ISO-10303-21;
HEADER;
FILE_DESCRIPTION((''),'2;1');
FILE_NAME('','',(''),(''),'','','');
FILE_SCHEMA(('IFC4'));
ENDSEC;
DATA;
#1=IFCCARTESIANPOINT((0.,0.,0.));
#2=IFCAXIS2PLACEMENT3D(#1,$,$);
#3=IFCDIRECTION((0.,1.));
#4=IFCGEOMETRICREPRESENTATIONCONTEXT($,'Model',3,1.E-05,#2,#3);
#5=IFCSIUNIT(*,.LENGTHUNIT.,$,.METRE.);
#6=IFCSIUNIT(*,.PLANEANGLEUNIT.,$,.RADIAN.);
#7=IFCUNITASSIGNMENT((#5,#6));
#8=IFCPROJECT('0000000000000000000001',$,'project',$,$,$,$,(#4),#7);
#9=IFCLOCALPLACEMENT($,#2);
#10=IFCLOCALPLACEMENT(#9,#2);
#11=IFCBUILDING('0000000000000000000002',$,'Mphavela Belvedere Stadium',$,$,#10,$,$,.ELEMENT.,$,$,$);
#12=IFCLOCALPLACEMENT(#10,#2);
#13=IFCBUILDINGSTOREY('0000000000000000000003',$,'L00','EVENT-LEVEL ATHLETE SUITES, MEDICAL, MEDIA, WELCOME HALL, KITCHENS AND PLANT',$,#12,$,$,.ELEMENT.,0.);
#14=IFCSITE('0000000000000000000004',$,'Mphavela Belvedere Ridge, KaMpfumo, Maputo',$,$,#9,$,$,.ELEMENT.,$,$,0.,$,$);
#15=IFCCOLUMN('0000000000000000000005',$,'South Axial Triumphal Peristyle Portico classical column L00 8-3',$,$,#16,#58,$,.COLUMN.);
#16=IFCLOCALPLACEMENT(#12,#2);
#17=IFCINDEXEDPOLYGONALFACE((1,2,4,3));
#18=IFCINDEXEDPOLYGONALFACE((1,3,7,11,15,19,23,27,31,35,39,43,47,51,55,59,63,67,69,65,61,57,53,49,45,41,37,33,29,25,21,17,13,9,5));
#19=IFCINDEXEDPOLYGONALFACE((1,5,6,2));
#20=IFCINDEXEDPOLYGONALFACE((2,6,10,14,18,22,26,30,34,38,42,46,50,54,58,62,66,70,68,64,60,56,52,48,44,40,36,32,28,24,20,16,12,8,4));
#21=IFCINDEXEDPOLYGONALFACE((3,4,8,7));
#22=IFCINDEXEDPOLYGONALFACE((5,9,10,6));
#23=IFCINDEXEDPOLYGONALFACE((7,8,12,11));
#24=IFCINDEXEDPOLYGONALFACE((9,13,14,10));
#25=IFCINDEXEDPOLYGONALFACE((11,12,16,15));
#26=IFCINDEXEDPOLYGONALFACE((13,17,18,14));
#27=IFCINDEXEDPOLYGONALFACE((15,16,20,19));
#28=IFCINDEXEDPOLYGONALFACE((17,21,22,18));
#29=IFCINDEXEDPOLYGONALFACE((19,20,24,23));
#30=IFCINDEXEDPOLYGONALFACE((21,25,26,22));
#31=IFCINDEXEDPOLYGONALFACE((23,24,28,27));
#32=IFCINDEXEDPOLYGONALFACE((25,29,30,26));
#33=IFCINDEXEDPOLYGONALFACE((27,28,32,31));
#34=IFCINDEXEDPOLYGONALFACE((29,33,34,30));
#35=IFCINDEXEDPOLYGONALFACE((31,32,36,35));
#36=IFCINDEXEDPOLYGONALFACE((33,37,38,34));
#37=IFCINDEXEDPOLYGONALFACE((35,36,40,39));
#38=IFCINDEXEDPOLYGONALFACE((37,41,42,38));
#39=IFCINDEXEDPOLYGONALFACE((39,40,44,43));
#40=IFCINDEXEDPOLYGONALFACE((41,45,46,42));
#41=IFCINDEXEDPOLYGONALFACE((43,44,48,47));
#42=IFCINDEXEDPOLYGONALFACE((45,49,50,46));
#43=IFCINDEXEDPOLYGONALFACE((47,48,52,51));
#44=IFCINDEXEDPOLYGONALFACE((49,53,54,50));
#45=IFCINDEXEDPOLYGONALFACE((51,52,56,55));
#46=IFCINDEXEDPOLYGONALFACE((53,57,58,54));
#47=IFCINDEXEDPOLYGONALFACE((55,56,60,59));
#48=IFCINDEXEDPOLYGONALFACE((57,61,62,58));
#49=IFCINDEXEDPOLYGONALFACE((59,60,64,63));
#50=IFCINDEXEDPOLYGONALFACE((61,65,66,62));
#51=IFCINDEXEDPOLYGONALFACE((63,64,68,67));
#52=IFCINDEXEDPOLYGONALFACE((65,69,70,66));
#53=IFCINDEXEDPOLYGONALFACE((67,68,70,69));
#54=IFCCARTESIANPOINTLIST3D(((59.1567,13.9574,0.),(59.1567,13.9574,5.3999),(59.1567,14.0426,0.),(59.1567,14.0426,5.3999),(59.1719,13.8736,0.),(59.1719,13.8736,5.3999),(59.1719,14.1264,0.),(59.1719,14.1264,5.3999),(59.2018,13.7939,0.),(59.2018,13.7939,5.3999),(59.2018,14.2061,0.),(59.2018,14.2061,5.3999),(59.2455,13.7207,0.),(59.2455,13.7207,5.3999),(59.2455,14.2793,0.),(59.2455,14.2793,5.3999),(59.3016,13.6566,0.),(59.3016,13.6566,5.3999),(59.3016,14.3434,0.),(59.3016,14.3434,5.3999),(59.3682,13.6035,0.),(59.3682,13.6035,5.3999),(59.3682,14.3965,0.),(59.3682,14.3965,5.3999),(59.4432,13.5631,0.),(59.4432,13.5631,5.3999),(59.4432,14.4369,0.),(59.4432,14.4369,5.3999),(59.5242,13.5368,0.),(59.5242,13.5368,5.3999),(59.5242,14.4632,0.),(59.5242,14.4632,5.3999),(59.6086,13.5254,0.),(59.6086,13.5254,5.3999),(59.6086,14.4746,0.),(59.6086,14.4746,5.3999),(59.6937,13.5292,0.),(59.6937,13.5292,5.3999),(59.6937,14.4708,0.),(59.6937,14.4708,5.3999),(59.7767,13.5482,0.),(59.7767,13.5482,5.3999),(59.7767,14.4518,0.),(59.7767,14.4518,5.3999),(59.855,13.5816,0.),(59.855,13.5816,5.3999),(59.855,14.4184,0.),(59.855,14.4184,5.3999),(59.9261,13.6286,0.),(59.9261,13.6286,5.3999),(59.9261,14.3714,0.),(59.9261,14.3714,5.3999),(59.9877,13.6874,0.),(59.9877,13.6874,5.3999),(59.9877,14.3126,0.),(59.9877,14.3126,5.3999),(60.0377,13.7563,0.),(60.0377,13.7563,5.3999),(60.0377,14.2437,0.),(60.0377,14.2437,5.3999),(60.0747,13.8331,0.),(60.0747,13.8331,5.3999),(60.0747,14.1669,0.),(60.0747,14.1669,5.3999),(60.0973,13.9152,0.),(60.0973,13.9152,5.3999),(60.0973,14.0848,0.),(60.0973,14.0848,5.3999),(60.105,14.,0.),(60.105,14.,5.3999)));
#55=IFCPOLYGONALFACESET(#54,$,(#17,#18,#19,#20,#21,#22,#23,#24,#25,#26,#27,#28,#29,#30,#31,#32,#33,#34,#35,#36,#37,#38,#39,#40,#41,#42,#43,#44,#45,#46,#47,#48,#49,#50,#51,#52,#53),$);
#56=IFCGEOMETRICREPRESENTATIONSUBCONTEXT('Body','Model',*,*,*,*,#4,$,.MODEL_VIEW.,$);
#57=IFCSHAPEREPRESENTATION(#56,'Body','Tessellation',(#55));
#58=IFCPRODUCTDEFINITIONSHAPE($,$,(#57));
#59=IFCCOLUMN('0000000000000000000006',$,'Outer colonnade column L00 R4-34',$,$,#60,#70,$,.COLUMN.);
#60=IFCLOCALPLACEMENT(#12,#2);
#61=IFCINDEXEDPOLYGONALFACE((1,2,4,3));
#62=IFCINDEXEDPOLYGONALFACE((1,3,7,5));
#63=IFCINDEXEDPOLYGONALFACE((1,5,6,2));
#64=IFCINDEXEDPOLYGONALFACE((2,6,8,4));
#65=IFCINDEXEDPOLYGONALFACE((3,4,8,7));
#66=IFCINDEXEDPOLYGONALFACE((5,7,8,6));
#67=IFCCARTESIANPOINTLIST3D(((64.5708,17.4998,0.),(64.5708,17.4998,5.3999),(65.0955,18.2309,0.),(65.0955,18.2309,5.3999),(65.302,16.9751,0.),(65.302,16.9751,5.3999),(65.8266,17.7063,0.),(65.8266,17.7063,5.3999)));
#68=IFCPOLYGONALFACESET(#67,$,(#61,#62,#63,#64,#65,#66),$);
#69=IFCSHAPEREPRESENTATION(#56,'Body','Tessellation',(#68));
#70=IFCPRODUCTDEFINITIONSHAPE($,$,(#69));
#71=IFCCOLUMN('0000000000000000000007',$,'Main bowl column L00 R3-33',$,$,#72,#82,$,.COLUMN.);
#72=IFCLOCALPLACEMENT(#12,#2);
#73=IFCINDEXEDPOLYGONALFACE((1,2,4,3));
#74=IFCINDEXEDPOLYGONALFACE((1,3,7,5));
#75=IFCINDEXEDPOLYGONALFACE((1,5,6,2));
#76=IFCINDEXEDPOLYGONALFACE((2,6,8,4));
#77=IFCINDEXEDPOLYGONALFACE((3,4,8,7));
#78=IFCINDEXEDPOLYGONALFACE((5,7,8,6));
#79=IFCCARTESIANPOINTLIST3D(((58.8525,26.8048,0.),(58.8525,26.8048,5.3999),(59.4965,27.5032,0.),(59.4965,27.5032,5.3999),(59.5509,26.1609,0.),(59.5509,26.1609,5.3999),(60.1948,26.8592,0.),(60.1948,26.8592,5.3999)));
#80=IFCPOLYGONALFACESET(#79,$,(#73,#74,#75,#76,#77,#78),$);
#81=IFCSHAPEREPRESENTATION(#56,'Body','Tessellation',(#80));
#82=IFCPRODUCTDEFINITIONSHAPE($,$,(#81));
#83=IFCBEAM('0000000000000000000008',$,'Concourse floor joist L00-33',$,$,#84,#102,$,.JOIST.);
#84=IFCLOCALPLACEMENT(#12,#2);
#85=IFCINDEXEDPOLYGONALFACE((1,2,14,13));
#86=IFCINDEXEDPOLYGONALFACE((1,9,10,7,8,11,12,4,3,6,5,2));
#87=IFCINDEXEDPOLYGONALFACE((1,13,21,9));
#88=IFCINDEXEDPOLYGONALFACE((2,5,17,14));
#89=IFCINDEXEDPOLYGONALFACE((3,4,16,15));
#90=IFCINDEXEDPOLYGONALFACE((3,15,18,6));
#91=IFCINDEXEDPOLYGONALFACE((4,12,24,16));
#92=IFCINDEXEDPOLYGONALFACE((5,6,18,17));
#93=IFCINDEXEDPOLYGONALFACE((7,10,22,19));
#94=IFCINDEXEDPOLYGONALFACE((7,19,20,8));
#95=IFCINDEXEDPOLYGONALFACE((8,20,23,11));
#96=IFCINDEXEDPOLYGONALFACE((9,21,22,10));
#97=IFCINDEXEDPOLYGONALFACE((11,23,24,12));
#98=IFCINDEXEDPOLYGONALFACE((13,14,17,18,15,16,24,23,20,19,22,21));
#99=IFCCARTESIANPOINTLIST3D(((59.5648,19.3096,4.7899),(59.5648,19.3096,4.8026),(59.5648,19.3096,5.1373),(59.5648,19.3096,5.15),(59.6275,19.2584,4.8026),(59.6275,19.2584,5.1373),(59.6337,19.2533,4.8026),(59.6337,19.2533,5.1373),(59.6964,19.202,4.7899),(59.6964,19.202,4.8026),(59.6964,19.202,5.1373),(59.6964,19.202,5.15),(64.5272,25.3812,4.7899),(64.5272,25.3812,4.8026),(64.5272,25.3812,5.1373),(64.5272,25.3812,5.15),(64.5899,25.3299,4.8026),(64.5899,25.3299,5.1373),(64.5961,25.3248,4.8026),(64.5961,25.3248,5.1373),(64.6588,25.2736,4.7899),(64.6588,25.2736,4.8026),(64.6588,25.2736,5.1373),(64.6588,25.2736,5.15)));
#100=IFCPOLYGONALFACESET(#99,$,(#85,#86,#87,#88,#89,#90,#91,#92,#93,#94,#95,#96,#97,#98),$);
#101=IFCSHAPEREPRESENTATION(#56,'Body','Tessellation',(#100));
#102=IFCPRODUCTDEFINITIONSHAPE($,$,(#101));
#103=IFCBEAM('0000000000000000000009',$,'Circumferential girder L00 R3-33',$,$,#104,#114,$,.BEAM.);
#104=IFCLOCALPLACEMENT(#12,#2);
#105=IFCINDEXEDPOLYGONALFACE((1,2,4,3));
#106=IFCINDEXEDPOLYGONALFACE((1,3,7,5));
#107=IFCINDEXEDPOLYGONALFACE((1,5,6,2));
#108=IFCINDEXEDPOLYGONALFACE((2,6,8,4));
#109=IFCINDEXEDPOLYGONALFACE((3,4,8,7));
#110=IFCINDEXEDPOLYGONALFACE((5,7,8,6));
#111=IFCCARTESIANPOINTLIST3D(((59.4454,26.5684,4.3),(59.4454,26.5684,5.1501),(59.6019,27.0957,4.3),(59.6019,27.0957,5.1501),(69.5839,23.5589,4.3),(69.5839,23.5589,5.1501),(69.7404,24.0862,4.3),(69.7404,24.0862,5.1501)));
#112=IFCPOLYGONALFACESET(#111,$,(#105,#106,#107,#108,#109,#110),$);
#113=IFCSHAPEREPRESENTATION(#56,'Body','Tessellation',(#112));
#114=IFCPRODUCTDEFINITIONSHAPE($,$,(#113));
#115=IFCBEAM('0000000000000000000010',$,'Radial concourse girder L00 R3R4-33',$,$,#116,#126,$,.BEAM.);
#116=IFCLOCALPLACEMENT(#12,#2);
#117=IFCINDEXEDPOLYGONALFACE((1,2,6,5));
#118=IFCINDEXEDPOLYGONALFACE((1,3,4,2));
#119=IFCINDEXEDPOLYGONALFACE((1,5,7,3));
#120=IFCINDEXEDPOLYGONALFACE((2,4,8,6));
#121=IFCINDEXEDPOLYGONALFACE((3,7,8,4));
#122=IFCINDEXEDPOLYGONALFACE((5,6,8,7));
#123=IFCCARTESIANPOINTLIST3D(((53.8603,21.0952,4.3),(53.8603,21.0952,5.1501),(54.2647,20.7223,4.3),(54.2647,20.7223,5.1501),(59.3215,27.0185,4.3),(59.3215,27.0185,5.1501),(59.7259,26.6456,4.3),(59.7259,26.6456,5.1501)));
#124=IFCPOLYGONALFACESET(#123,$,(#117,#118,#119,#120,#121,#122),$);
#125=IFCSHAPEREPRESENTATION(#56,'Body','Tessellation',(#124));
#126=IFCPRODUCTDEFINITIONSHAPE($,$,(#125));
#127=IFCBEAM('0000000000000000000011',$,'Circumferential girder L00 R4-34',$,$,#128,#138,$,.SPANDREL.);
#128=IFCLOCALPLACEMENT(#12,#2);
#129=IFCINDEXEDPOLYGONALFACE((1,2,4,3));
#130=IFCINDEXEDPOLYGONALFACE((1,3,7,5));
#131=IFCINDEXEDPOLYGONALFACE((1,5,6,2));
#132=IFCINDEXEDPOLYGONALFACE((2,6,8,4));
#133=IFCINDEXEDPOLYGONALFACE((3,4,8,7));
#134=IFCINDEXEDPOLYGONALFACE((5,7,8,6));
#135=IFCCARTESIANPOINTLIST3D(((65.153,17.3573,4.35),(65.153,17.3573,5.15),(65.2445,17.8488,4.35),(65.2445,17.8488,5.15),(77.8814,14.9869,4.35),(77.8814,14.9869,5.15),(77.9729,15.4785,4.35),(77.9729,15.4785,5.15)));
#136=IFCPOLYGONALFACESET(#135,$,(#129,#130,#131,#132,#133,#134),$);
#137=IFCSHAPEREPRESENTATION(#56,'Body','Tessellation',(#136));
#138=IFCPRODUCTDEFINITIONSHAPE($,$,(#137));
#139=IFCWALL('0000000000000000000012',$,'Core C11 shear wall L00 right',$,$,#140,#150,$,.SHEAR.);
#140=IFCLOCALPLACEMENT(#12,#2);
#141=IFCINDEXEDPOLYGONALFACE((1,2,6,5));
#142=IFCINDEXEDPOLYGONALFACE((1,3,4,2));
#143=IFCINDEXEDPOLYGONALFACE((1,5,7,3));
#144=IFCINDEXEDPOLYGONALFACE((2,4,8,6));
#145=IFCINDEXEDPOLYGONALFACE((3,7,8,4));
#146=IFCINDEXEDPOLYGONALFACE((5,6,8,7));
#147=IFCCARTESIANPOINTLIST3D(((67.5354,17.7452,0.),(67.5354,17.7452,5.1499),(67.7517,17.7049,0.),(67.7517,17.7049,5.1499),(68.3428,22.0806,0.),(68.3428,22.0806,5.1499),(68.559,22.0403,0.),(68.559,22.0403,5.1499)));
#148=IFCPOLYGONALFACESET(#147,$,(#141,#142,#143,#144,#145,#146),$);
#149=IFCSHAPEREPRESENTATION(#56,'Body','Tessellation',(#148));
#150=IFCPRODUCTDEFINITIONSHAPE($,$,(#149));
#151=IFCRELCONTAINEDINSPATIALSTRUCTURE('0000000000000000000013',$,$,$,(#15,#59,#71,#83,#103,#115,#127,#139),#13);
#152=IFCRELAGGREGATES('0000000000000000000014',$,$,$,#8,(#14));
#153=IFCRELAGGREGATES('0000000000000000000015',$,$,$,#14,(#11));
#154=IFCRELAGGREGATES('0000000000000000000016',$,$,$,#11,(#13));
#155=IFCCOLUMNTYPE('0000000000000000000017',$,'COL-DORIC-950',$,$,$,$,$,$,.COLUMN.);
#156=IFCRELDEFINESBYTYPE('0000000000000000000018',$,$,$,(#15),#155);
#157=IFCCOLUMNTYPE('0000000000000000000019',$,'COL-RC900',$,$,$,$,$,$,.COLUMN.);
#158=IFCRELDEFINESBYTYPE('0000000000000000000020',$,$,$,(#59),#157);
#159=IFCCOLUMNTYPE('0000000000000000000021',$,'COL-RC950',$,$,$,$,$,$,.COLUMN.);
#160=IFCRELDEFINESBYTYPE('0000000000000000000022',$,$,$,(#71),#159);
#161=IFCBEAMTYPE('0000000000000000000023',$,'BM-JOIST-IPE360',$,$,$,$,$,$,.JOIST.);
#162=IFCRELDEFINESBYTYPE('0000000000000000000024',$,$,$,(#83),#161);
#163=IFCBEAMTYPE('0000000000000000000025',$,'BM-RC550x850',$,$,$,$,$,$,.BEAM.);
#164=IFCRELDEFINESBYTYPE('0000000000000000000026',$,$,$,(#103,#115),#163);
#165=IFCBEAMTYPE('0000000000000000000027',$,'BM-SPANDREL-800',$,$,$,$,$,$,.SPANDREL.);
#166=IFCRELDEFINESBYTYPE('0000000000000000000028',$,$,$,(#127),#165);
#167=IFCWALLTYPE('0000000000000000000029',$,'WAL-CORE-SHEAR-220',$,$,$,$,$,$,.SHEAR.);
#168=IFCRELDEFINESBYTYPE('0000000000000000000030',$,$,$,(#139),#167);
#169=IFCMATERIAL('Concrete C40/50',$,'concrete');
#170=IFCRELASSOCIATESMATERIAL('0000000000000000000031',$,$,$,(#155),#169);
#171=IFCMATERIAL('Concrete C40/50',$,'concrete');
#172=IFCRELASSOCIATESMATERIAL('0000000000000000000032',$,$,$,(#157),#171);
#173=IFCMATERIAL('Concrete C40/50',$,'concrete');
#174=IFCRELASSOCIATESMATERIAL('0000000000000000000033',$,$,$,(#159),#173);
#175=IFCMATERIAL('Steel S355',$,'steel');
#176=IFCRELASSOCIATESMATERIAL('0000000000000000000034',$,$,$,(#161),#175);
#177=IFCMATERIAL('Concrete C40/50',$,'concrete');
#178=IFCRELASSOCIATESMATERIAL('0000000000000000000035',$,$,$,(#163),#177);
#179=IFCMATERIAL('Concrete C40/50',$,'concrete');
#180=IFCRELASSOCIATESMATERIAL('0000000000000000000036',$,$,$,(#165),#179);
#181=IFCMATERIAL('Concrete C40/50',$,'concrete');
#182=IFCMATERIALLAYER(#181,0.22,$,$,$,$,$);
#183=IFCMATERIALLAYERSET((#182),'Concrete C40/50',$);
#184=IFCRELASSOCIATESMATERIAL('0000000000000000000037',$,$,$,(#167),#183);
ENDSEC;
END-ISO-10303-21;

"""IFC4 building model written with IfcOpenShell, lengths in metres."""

from ifc_helpers import new_model, si_unit, direction, frame, frame_2d, origin, origin_2d, place, context, subcontext, project, spatial, rectangle, circle, i_section, extrude, material, layer, layer_set, material_profile, profile_set, type_object, element, save


model = new_model("IFC4")

# Units and contexts
model_context = context("Model", 3, precision=1e-05, world=origin(), true_north=direction((0.0, 1.0)))
body_context = subcontext(model_context, "Body", "Model", "MODEL_VIEW")
ifc_project = project(units=[si_unit("LENGTHUNIT", "METRE"), si_unit("PLANEANGLEUNIT", "RADIAN")], contexts=[model_context])

# Site, building, storey
site_placement = place(None, origin())
site = spatial("IfcSite", under=ifc_project, at=site_placement, Name="Mphavela Belvedere Ridge, KaMpfumo, Maputo", CompositionType="ELEMENT", RefElevation=0.0)
building_placement = place(site_placement, origin())
building = spatial("IfcBuilding", under=site, at=building_placement, Name="Mphavela Belvedere Stadium", CompositionType="ELEMENT")
storey_placement = place(building_placement, origin())
storey = spatial("IfcBuildingStorey", under=building, at=storey_placement, Name="L00", Description="EVENT-LEVEL ATHLETE SUITES, MEDICAL, MEDIA, WELCOME HALL, KITCHENS AND PLANT", CompositionType="ELEMENT", Elevation=0.0)

# Columns
ifc_material_1 = material(Name="Concrete C40/50", Category="concrete")
ifc_material_profile_1 = material_profile(ifc_material_1, circle(Radius=0.4751, at=origin_2d()), Name="COL D950")
ifc_profile_set_1 = profile_set([ifc_material_profile_1], Name="Concrete C40/50")
column_type_1 = type_object("IfcColumnType", Name="COL-DORIC-950", PredefinedType="COLUMN", material=ifc_profile_set_1)
column_1_placement = place(storey_placement, frame((59.6299, 14.0, 0.0), z_axis=(0.0, 0.0, 1.0), x_axis=(1.0, 0.0, 0.0)))
element("IfcColumn", 1, at=column_1_placement, inside=storey, type_object=column_type_1, Name="South Axial Triumphal Peristyle Portico classical column L00 8-3", PredefinedType="COLUMN", context=body_context, shape_type="SweptSolid", body=[
    extrude(circle(Radius=0.4751, at=origin_2d()), origin(), (0.0, 0.0, 1.0), 5.3999),
])
ifc_material_2 = material(Name="Concrete C40/50", Category="concrete")
ifc_material_profile_2 = material_profile(ifc_material_2, rectangle(XDim=0.8999, YDim=0.8999, at=origin_2d()), Name="RC 900x900")
ifc_profile_set_2 = profile_set([ifc_material_profile_2], Name="Concrete C40/50")
column_type_2 = type_object("IfcColumnType", Name="COL-RC900", PredefinedType="COLUMN", material=ifc_profile_set_2)
column_2_placement = place(storey_placement, frame((65.1987, 17.603, 0.0), z_axis=(0.0, 0.0, 1.0), x_axis=(-0.582974, -0.812491, 0.0)))
element("IfcColumn", 2, at=column_2_placement, inside=storey, type_object=column_type_2, Name="Outer colonnade column L00 R4-34", PredefinedType="COLUMN", context=body_context, shape_type="SweptSolid", body=[
    extrude(rectangle(XDim=0.8999, YDim=0.8999, at=origin_2d()), origin(), (0.0, 0.0, 1.0), 5.3999),
])
ifc_material_3 = material(Name="Concrete C40/50", Category="concrete")
ifc_material_profile_3 = material_profile(ifc_material_3, rectangle(XDim=0.95, YDim=0.95, at=origin_2d()), Name="RC 950x950")
ifc_profile_set_3 = profile_set([ifc_material_profile_3], Name="Concrete C40/50")
column_type_3 = type_object("IfcColumnType", Name="COL-RC950", PredefinedType="COLUMN", material=ifc_profile_set_3)
column_3_placement = place(storey_placement, frame((59.5237, 26.832, 0.0), z_axis=(0.0, 0.0, 1.0), x_axis=(-0.677903, -0.735151, 0.0)))
element("IfcColumn", 3, at=column_3_placement, inside=storey, type_object=column_type_3, Name="Main bowl column L00 R3-33", PredefinedType="COLUMN", context=body_context, shape_type="SweptSolid", body=[
    extrude(rectangle(XDim=0.95, YDim=0.95, at=origin_2d()), origin(), (0.0, 0.0, 1.0), 5.3999),
])

# Beams
ifc_material_4 = material(Name="Steel S355", Category="steel")
ifc_material_profile_4 = material_profile(ifc_material_4, i_section(OverallWidth=0.1699, OverallDepth=0.3601, WebThickness=0.0081, FlangeThickness=0.0127, at=origin_2d()), Name="IPE 360")
ifc_profile_set_4 = profile_set([ifc_material_profile_4], Name="Steel S355")
beam_type_1 = type_object("IfcBeamType", Name="BM-JOIST-IPE360", PredefinedType="JOIST", material=ifc_profile_set_4)
beam_1_placement = place(storey_placement, frame((64.593, 25.3274, 4.97), z_axis=(-0.632839, -0.774283, 0.0), x_axis=(0.774283, -0.632839, 0.0)))
element("IfcBeam", 4, at=beam_1_placement, inside=storey, type_object=beam_type_1, Name="Concourse floor joist L00-33", PredefinedType="JOIST", context=body_context, shape_type="SweptSolid", body=[
    extrude(i_section(OverallWidth=0.1699, OverallDepth=0.3601, WebThickness=0.0081, FlangeThickness=0.0127, at=origin_2d()), origin(), (0.0, 0.0, 1.0), 7.8416),
])
ifc_material_5 = material(Name="Concrete C40/50", Category="concrete")
ifc_material_profile_5 = material_profile(ifc_material_5, rectangle(XDim=0.55, YDim=0.8501, at=origin_2d()), Name="RC 550x850")
ifc_profile_set_5 = profile_set([ifc_material_profile_5], Name="Concrete C40/50")
beam_type_2 = type_object("IfcBeamType", Name="BM-RC550x850", PredefinedType="BEAM", material=ifc_profile_set_5)
beam_2_placement = place(storey_placement, frame((59.5237, 26.832, 4.7251), z_axis=(0.958655, -0.28457, 0.0), x_axis=(0.28457, 0.958655, 0.0)))
element("IfcBeam", 5, at=beam_2_placement, inside=storey, type_object=beam_type_2, Name="Circumferential girder L00 R3-33", PredefinedType="BEAM", context=body_context, shape_type="SweptSolid", body=[
    extrude(rectangle(XDim=0.55, YDim=0.8501, at=origin_2d()), origin(), (0.0, 0.0, 1.0), 10.5757),
])
beam_3_placement = place(storey_placement, frame((59.5237, 26.832, 4.7251), z_axis=(-0.677843, -0.735206, 0.0), x_axis=(0.735206, -0.677843, 0.0)))
element("IfcBeam", 6, at=beam_3_placement, inside=storey, type_object=beam_type_2, Name="Radial concourse girder L00 R3R4-33", PredefinedType="BEAM", context=body_context, shape_type="SweptSolid", body=[
    extrude(rectangle(XDim=0.55, YDim=0.8501, at=origin_2d()), origin(), (0.0, 0.0, 1.0), 8.0566),
])
ifc_material_6 = material(Name="Concrete C40/50", Category="concrete")
ifc_material_profile_6 = material_profile(ifc_material_6, rectangle(XDim=0.5, YDim=0.8, at=origin_2d()), Name="RC 500x800")
ifc_profile_set_6 = profile_set([ifc_material_profile_6], Name="Concrete C40/50")
beam_type_3 = type_object("IfcBeamType", Name="BM-SPANDREL-800", PredefinedType="SPANDREL", material=ifc_profile_set_6)
beam_4_placement = place(storey_placement, frame((65.1987, 17.603, 4.75), z_axis=(0.983099, -0.183077, 0.0), x_axis=(0.183077, 0.983099, 0.0)))
element("IfcBeam", 7, at=beam_4_placement, inside=storey, type_object=beam_type_3, Name="Circumferential girder L00 R4-34", PredefinedType="SPANDREL", context=body_context, shape_type="SweptSolid", body=[
    extrude(rectangle(XDim=0.5, YDim=0.8, at=origin_2d()), origin(), (0.0, 0.0, 1.0), 12.9473),
])

# Wall
ifc_material_7 = material(Name="Concrete C40/50", Category="concrete")
ifc_layer_1 = layer(ifc_material_7, 0.22)
ifc_layer_set_1 = layer_set([ifc_layer_1], Name="Concrete C40/50")
wall_type_1 = type_object("IfcWallType", Name="WAL-CORE-SHEAR-220", PredefinedType="SHEAR", material=ifc_layer_set_1)
wall_1_placement = place(storey_placement, frame((68.4509, 22.0605, 0.0), z_axis=(0.0, 0.0, 1.0), x_axis=(-0.183078, -0.983098, 0.0)))
element("IfcWall", 8, at=wall_1_placement, inside=storey, type_object=wall_type_1, Name="Core C11 shear wall L00 right", PredefinedType="SHEAR", context=body_context, shape_type="SweptSolid", body=[
    extrude(rectangle(XDim=4.4099, YDim=0.22, at=frame_2d((2.2051, 0.0))), origin(), (0.0, 0.0, 1.0), 5.1499),
])

save(model, "model.ifc")
